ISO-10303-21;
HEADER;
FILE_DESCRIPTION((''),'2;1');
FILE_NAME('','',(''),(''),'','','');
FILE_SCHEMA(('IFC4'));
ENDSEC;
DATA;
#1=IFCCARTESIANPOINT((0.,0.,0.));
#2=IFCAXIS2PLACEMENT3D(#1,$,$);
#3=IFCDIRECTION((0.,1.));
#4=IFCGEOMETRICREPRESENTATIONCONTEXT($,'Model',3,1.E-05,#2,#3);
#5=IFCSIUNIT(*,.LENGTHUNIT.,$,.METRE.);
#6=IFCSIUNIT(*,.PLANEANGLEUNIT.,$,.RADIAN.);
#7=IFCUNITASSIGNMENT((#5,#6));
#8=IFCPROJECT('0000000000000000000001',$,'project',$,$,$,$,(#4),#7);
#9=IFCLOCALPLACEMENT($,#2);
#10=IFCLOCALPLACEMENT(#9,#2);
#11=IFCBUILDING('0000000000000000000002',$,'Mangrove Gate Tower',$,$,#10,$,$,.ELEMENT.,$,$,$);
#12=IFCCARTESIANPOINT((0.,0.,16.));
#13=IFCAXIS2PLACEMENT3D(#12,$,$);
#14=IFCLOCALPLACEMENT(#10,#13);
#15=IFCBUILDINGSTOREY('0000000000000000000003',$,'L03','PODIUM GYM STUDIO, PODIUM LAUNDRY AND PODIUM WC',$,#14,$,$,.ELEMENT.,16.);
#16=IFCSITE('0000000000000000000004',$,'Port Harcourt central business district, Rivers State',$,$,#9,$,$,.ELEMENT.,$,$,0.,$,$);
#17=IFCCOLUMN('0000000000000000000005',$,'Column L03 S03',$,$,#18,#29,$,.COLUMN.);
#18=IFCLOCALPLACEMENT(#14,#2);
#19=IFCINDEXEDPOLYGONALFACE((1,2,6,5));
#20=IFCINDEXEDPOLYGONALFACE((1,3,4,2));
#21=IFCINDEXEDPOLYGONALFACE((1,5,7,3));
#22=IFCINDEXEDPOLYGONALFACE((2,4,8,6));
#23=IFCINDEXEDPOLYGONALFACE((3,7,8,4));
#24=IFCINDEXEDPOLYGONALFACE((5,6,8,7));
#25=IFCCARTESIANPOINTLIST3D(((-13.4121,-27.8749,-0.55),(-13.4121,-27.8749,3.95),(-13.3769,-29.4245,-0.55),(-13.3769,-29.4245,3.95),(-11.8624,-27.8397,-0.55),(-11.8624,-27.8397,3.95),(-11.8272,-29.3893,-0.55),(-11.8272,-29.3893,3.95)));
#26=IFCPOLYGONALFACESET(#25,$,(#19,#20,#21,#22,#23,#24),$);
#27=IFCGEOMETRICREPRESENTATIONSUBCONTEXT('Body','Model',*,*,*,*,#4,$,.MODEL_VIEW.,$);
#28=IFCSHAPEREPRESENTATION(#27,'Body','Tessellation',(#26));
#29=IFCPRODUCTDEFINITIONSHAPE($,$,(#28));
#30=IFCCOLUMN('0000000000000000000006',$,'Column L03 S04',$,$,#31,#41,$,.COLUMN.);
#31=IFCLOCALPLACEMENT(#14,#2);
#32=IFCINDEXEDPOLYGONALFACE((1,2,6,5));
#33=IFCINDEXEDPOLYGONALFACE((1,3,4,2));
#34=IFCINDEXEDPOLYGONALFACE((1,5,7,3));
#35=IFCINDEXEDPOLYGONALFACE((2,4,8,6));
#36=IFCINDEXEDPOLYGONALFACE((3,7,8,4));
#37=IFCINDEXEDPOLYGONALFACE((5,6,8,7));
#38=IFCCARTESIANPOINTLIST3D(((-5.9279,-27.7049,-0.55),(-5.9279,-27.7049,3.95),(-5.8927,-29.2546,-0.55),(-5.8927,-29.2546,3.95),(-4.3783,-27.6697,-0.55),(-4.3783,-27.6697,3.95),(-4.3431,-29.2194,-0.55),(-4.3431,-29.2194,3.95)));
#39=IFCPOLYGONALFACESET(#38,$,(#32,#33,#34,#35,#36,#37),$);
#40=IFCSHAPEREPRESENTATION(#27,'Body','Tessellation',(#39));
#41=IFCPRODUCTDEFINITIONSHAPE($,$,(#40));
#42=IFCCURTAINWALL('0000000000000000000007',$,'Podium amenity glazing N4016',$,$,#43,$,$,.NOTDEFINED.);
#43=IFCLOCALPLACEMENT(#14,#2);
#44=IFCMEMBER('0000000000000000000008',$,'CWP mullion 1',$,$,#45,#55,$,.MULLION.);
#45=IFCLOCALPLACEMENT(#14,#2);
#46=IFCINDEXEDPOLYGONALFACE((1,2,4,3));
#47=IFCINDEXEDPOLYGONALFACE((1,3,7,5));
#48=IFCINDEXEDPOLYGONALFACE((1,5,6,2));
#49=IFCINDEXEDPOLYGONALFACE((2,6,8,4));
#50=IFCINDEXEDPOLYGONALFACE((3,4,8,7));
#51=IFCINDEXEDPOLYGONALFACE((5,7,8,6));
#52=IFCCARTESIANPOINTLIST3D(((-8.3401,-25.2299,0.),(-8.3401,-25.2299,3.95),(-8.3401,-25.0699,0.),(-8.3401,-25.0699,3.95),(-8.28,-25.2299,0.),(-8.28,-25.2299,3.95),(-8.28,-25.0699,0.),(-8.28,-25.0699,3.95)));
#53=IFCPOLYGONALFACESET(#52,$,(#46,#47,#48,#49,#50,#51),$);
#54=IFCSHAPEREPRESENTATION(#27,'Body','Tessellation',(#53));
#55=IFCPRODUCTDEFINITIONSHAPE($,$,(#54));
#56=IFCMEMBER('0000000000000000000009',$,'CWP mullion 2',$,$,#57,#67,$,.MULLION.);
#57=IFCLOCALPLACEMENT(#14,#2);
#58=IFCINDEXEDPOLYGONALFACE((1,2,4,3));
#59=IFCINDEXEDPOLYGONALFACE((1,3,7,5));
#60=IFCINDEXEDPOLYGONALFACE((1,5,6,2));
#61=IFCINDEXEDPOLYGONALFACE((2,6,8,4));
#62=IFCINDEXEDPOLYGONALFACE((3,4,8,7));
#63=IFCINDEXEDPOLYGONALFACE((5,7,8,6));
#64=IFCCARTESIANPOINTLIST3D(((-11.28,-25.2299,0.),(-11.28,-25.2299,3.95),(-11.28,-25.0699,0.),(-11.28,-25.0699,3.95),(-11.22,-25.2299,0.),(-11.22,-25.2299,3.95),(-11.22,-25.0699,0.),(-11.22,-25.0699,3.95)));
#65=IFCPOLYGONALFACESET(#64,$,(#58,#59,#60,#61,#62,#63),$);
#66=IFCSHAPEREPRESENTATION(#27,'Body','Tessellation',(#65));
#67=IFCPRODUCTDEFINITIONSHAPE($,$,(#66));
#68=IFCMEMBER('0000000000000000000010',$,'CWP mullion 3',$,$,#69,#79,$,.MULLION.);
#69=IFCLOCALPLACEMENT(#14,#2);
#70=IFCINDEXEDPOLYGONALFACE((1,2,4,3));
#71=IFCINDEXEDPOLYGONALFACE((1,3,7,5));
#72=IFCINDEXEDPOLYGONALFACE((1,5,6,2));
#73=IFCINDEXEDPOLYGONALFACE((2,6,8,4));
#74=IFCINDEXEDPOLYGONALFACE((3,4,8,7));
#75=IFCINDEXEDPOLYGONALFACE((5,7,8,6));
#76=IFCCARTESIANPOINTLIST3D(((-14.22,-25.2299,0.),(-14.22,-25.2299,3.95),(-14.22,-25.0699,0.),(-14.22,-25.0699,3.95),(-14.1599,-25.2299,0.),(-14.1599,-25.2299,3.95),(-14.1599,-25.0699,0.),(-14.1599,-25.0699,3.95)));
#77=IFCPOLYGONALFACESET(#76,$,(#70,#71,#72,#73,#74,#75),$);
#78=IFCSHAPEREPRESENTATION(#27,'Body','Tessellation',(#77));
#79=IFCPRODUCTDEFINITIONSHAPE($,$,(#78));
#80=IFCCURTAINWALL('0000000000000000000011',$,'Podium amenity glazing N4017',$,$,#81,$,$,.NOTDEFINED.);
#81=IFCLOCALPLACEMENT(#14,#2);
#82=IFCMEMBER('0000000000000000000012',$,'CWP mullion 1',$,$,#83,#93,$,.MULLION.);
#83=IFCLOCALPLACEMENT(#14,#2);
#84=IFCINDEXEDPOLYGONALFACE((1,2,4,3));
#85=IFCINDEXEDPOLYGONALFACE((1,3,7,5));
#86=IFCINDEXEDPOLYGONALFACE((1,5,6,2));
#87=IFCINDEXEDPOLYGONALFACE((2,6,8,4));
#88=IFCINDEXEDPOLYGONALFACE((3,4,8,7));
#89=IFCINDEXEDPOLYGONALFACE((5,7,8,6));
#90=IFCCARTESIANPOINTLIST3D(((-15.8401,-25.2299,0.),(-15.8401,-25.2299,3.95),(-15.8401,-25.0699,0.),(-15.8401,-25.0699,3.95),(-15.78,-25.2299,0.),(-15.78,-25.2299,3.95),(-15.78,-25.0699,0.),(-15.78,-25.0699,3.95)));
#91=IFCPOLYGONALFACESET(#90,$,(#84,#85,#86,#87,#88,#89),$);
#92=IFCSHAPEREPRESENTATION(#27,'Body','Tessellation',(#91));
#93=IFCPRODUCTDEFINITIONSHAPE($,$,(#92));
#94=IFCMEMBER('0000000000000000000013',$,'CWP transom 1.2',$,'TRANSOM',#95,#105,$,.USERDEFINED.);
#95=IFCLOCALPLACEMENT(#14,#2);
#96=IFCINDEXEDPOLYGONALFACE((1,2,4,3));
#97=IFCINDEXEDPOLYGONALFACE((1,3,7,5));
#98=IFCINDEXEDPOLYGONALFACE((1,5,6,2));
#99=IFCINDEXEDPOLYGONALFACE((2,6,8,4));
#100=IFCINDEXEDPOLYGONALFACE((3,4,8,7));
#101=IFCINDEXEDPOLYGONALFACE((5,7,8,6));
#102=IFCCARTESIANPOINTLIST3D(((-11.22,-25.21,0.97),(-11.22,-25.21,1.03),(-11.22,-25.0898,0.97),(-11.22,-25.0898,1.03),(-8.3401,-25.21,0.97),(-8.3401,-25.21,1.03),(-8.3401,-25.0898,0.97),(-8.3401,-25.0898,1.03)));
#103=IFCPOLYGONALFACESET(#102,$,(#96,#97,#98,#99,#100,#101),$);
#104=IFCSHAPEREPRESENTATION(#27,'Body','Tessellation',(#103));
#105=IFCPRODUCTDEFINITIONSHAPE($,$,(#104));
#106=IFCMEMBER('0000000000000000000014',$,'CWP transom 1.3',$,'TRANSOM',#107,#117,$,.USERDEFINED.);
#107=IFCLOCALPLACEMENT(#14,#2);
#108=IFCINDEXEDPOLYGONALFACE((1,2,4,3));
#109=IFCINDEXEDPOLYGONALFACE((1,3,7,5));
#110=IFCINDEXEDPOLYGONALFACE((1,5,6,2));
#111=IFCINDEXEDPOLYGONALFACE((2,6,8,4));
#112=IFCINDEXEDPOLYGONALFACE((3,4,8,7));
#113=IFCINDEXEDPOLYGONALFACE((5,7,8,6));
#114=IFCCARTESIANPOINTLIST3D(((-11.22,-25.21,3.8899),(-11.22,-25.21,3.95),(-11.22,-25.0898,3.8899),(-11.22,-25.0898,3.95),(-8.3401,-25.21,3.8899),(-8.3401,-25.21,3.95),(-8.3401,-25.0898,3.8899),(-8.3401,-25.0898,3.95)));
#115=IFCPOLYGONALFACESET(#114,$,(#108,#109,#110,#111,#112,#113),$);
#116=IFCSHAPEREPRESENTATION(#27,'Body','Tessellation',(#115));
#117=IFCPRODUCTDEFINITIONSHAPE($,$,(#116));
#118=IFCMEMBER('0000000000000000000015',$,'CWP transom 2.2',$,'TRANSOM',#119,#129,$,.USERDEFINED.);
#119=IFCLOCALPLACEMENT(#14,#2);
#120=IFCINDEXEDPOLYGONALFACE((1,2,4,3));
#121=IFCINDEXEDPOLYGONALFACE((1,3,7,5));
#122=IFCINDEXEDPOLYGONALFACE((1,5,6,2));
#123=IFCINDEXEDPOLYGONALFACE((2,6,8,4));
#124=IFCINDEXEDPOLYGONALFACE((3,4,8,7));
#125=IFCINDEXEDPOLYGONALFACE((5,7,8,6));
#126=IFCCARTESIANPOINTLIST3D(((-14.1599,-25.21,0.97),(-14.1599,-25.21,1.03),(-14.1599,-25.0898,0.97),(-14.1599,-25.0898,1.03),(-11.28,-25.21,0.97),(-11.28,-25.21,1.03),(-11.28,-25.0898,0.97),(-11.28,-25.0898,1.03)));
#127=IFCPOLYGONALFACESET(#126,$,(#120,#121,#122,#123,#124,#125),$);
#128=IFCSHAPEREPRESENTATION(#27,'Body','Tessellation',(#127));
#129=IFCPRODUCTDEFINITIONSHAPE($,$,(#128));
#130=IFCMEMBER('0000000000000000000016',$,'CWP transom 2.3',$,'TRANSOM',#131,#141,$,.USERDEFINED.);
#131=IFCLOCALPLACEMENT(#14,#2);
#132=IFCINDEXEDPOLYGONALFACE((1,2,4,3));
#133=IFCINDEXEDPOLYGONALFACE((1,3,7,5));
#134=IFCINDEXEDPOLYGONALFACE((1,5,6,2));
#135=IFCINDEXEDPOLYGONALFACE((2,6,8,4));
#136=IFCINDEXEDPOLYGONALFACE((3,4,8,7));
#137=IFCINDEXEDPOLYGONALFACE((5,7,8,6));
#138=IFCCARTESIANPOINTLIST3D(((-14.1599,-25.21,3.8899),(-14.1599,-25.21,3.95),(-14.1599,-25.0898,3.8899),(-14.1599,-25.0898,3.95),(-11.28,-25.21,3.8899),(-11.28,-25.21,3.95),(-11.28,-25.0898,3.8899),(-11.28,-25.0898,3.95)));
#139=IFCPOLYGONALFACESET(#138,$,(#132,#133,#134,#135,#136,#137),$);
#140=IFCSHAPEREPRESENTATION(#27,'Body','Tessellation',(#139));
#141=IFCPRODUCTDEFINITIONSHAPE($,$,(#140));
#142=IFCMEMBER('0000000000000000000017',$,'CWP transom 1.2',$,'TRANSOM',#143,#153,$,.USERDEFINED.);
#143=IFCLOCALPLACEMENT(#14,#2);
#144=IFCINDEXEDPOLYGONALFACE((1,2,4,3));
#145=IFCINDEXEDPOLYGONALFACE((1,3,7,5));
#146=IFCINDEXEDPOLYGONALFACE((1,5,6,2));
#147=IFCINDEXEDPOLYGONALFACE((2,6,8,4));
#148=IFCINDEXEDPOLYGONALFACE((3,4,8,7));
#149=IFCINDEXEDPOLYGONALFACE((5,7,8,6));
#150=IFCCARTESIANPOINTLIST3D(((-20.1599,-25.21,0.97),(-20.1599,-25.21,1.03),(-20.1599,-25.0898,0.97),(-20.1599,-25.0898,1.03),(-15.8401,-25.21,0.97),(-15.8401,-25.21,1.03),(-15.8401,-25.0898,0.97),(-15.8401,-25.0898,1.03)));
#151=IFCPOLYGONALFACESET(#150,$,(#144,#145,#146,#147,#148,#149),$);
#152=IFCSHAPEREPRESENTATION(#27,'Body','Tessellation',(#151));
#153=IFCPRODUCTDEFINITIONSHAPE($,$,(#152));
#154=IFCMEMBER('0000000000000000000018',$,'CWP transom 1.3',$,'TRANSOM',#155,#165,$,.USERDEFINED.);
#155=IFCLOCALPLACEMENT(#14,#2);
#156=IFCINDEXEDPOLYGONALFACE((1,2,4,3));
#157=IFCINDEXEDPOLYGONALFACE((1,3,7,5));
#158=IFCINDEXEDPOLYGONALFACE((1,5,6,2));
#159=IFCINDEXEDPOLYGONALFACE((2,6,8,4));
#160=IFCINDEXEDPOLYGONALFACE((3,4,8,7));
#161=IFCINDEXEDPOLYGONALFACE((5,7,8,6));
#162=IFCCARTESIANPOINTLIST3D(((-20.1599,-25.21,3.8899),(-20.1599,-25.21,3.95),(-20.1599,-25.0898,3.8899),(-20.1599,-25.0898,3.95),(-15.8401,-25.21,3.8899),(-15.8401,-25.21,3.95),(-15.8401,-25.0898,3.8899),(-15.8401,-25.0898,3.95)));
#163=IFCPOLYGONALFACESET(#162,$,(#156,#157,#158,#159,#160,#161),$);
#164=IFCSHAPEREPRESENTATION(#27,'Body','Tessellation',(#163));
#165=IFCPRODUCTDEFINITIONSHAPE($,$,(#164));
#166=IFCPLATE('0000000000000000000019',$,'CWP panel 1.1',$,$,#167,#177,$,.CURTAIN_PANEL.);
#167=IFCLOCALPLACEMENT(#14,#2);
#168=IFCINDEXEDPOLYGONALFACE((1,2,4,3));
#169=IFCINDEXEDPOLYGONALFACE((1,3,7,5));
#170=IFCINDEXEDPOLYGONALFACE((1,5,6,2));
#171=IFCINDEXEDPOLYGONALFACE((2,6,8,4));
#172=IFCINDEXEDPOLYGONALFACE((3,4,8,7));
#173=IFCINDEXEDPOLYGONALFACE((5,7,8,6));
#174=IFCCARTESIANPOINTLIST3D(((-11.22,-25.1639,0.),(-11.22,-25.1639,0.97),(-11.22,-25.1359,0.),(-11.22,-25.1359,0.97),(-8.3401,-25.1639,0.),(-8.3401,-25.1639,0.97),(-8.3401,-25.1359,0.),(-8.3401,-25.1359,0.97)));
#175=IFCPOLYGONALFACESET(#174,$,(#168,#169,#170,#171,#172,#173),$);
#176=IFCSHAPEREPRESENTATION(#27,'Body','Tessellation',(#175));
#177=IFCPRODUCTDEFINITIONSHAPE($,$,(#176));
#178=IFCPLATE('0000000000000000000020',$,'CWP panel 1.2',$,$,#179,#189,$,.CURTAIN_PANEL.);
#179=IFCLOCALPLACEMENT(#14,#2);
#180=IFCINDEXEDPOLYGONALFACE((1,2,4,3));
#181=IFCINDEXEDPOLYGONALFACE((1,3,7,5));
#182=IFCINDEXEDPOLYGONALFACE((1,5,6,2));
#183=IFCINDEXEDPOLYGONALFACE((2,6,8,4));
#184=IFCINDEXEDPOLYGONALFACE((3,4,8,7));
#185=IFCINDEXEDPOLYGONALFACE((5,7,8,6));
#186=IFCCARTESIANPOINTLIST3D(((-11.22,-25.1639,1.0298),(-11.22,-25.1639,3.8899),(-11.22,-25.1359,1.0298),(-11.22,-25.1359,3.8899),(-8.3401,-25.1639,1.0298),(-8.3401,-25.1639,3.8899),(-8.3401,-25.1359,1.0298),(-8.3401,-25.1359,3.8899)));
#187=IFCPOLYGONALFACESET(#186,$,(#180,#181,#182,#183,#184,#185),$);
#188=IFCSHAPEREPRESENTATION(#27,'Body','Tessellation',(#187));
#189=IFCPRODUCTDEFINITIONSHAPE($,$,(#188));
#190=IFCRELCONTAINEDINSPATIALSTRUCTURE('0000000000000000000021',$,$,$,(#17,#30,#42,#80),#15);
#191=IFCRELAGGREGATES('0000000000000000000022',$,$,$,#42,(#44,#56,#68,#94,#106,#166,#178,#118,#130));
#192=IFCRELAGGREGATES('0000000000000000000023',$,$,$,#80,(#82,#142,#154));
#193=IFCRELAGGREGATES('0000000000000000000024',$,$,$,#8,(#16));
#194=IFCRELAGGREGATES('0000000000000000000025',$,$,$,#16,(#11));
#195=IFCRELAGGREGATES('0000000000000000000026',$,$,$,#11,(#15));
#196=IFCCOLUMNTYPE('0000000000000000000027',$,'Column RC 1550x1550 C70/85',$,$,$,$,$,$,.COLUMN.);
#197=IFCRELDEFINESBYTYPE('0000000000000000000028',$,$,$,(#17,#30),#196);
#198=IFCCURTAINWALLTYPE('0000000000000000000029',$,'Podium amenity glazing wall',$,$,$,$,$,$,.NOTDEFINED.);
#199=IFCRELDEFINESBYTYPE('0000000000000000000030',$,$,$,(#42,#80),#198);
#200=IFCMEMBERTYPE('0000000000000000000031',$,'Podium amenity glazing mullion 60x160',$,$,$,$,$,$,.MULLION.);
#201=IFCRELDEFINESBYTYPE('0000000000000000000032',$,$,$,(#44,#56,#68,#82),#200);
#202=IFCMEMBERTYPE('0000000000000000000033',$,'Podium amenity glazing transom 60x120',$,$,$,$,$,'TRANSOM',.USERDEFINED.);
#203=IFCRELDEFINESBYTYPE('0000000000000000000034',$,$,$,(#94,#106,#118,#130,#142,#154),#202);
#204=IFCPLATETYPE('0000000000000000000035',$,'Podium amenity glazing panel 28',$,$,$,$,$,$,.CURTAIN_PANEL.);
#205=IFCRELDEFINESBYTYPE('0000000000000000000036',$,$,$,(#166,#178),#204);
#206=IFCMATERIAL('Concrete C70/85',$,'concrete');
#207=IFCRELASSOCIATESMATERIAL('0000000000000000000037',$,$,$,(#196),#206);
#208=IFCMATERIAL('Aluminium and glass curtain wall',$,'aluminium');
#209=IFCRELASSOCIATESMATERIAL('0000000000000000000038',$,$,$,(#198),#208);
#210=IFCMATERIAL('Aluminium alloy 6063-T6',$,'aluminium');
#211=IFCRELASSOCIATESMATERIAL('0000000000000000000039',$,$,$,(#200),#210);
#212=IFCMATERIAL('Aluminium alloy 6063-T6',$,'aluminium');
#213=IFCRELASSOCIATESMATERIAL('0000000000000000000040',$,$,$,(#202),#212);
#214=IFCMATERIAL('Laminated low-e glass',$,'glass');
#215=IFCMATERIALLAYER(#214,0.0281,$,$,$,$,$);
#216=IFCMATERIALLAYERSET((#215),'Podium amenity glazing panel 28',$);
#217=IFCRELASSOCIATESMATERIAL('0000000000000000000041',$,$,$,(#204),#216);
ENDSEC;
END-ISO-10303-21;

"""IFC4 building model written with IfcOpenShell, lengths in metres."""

from ifc_helpers import new_model, si_unit, direction, frame, origin, origin_2d, place, context, subcontext, project, spatial, rectangle, extrude, material, layer, layer_set, material_profile, profile_set, type_object, element, aggregate, save


model = new_model("IFC4")

# Units and contexts
model_context = context("Model", 3, precision=1e-05, world=origin(), true_north=direction((0.0, 1.0)))
body_context = subcontext(model_context, "Body", "Model", "MODEL_VIEW")
ifc_project = project(units=[si_unit("LENGTHUNIT", "METRE"), si_unit("PLANEANGLEUNIT", "RADIAN")], contexts=[model_context])

# Site, building, storey
site_placement = place(None, origin())
site = spatial("IfcSite", under=ifc_project, at=site_placement, Name="Port Harcourt central business district, Rivers State", CompositionType="ELEMENT", RefElevation=0.0)
building_placement = place(site_placement, origin())
building = spatial("IfcBuilding", under=site, at=building_placement, Name="Mangrove Gate Tower", CompositionType="ELEMENT")
storey_placement = place(building_placement, frame((0.0, 0.0, 16.0)))
storey = spatial("IfcBuildingStorey", under=building, at=storey_placement, Name="L03", Description="PODIUM GYM STUDIO, PODIUM LAUNDRY AND PODIUM WC", CompositionType="ELEMENT", Elevation=16.0)

# Columns
ifc_material_1 = material(Name="Concrete C70/85", Category="concrete")
ifc_material_profile_1 = material_profile(ifc_material_1, rectangle(XDim=1.55, YDim=1.55, at=origin_2d()))
ifc_profile_set_1 = profile_set([ifc_material_profile_1], Name="Concrete C70/85")
column_type = type_object("IfcColumnType", Name="Column RC 1550x1550 C70/85", PredefinedType="COLUMN", material=ifc_profile_set_1)
for number, where, z_axis, x_axis, name in (
    (1, (-12.6196, -28.6321, -0.55), (0.0, 0.0, 1.0), (0.999742, 0.022711, 0.0), "Column L03 S03"),
    (2, (-5.1355, -28.4622, -0.55), (0.0, 0.0, 1.0), (0.999742, 0.022709, 0.0), "Column L03 S04"),
):
    element("IfcColumn", number, at=place(storey_placement, frame(where, z_axis=z_axis, x_axis=x_axis)), inside=storey, type_object=column_type, Name=name, PredefinedType="COLUMN", context=body_context, shape_type="SweptSolid", body=[
        extrude(rectangle(XDim=1.55, YDim=1.55, at=origin_2d()), origin(), (0.0, 0.0, 1.0), 4.5),
    ])

# Curtain wall, members
ifc_material_2 = material(Name="Aluminium and glass curtain wall", Category="aluminium")
curtain_wall_type = type_object("IfcCurtainWallType", Name="Podium amenity glazing wall", PredefinedType="NOTDEFINED", material=ifc_material_2)
curtain_wall_1_placement = place(storey_placement, origin())
curtain_wall_1 = element("IfcCurtainWall", 3, at=curtain_wall_1_placement, inside=storey, type_object=curtain_wall_type, Name="Podium amenity glazing N4016", PredefinedType="NOTDEFINED")
ifc_material_3 = material(Name="Aluminium alloy 6063-T6", Category="aluminium")
ifc_material_profile_2 = material_profile(ifc_material_3, rectangle(XDim=0.0601, YDim=0.1599, at=origin_2d()))
ifc_profile_set_2 = profile_set([ifc_material_profile_2], Name="Aluminium alloy 6063-T6")
member_type_1 = type_object("IfcMemberType", Name="Podium amenity glazing mullion 60x160", PredefinedType="MULLION", material=ifc_profile_set_2)
member_1_placement = place(storey_placement, frame((-8.3101, -25.1499, 0.0), z_axis=(0.0, 0.0, 1.0), x_axis=(-1.0, 0.0, 0.0)))
member_1 = element("IfcMember", 4, at=member_1_placement, type_object=member_type_1, Name="CWP mullion 1", PredefinedType="MULLION", context=body_context, shape_type="SweptSolid", body=[
    extrude(rectangle(XDim=0.0601, YDim=0.1599, at=origin_2d()), origin(), (0.0, 0.0, 1.0), 3.95),
])
member_2_placement = place(storey_placement, frame((-11.25, -25.1499, 0.0), z_axis=(0.0, 0.0, 1.0), x_axis=(-1.0, 0.0, 0.0)))
member_2 = element("IfcMember", 5, at=member_2_placement, type_object=member_type_1, Name="CWP mullion 2", PredefinedType="MULLION", context=body_context, shape_type="SweptSolid", body=[
    extrude(rectangle(XDim=0.0601, YDim=0.1599, at=origin_2d()), origin(), (0.0, 0.0, 1.0), 3.95),
])
member_3_placement = place(storey_placement, frame((-14.1899, -25.1499, 0.0), z_axis=(0.0, 0.0, 1.0), x_axis=(-1.0, 0.0, 0.0)))
member_3 = element("IfcMember", 6, at=member_3_placement, type_object=member_type_1, Name="CWP mullion 3", PredefinedType="MULLION", context=body_context, shape_type="SweptSolid", body=[
    extrude(rectangle(XDim=0.0601, YDim=0.1599, at=origin_2d()), origin(), (0.0, 0.0, 1.0), 3.95),
])

# Curtain wall, member
curtain_wall_2_placement = place(storey_placement, origin())
curtain_wall_2 = element("IfcCurtainWall", 7, at=curtain_wall_2_placement, inside=storey, type_object=curtain_wall_type, Name="Podium amenity glazing N4017", PredefinedType="NOTDEFINED")
member_4_placement = place(storey_placement, frame((-15.8101, -25.1499, 0.0), z_axis=(0.0, 0.0, 1.0), x_axis=(-1.0, 0.0, 0.0)))
member_4 = element("IfcMember", 8, at=member_4_placement, type_object=member_type_1, Name="CWP mullion 1", PredefinedType="MULLION", context=body_context, shape_type="SweptSolid", body=[
    extrude(rectangle(XDim=0.0601, YDim=0.1599, at=origin_2d()), origin(), (0.0, 0.0, 1.0), 3.95),
])

# Members
ifc_material_4 = material(Name="Aluminium alloy 6063-T6", Category="aluminium")
ifc_material_profile_3 = material_profile(ifc_material_4, rectangle(XDim=0.0601, YDim=0.1201, at=origin_2d()))
ifc_profile_set_3 = profile_set([ifc_material_profile_3], Name="Aluminium alloy 6063-T6")
member_type_2 = type_object("IfcMemberType", Name="Podium amenity glazing transom 60x120", ElementType="TRANSOM", PredefinedType="USERDEFINED", material=ifc_profile_set_3)
member_5_placement = place(storey_placement, frame((-8.3401, -25.1499, 1.0), z_axis=(-1.0, 0.0, 0.0), x_axis=(0.0, 0.0, 1.0)))
member_5 = element("IfcMember", 9, at=member_5_placement, type_object=member_type_2, Name="CWP transom 1.2", ObjectType="TRANSOM", PredefinedType="USERDEFINED", context=body_context, shape_type="SweptSolid", body=[
    extrude(rectangle(XDim=0.0601, YDim=0.1201, at=origin_2d()), origin(), (0.0, 0.0, 1.0), 2.8799),
])
member_6_placement = place(storey_placement, frame((-8.3401, -25.1499, 3.9199), z_axis=(-1.0, 0.0, 0.0), x_axis=(0.0, 0.0, 1.0)))
member_6 = element("IfcMember", 10, at=member_6_placement, type_object=member_type_2, Name="CWP transom 1.3", ObjectType="TRANSOM", PredefinedType="USERDEFINED", context=body_context, shape_type="SweptSolid", body=[
    extrude(rectangle(XDim=0.0601, YDim=0.1201, at=origin_2d()), origin(), (0.0, 0.0, 1.0), 2.8799),
])
member_7_placement = place(storey_placement, frame((-11.28, -25.1499, 1.0), z_axis=(-1.0, 0.0, 0.0), x_axis=(0.0, 0.0, 1.0)))
member_7 = element("IfcMember", 11, at=member_7_placement, type_object=member_type_2, Name="CWP transom 2.2", ObjectType="TRANSOM", PredefinedType="USERDEFINED", context=body_context, shape_type="SweptSolid", body=[
    extrude(rectangle(XDim=0.0601, YDim=0.1201, at=origin_2d()), origin(), (0.0, 0.0, 1.0), 2.8799),
])
member_8_placement = place(storey_placement, frame((-11.28, -25.1499, 3.9199), z_axis=(-1.0, 0.0, 0.0), x_axis=(0.0, 0.0, 1.0)))
member_8 = element("IfcMember", 12, at=member_8_placement, type_object=member_type_2, Name="CWP transom 2.3", ObjectType="TRANSOM", PredefinedType="USERDEFINED", context=body_context, shape_type="SweptSolid", body=[
    extrude(rectangle(XDim=0.0601, YDim=0.1201, at=origin_2d()), origin(), (0.0, 0.0, 1.0), 2.8799),
])
member_9_placement = place(storey_placement, frame((-15.8401, -25.1499, 1.0), z_axis=(-1.0, 0.0, 0.0), x_axis=(0.0, 0.0, 1.0)))
member_9 = element("IfcMember", 13, at=member_9_placement, type_object=member_type_2, Name="CWP transom 1.2", ObjectType="TRANSOM", PredefinedType="USERDEFINED", context=body_context, shape_type="SweptSolid", body=[
    extrude(rectangle(XDim=0.0601, YDim=0.1201, at=origin_2d()), origin(), (0.0, 0.0, 1.0), 4.3198),
])
member_10_placement = place(storey_placement, frame((-15.8401, -25.1499, 3.9199), z_axis=(-1.0, 0.0, 0.0), x_axis=(0.0, 0.0, 1.0)))
member_10 = element("IfcMember", 14, at=member_10_placement, type_object=member_type_2, Name="CWP transom 1.3", ObjectType="TRANSOM", PredefinedType="USERDEFINED", context=body_context, shape_type="SweptSolid", body=[
    extrude(rectangle(XDim=0.0601, YDim=0.1201, at=origin_2d()), origin(), (0.0, 0.0, 1.0), 4.3198),
])

# Plates
ifc_material_5 = material(Name="Laminated low-e glass", Category="glass")
ifc_layer = layer(ifc_material_5, 0.0281)
ifc_layer_set = layer_set([ifc_layer], Name="Podium amenity glazing panel 28")
plate_type = type_object("IfcPlateType", Name="Podium amenity glazing panel 28", PredefinedType="CURTAIN_PANEL", material=ifc_layer_set)
plate_1_placement = place(storey_placement, frame((-9.78, -25.1499, 0.0), z_axis=(0.0, 0.0, 1.0), x_axis=(-1.0, 0.0, 0.0)))
plate_1 = element("IfcPlate", 15, at=plate_1_placement, type_object=plate_type, Name="CWP panel 1.1", PredefinedType="CURTAIN_PANEL", context=body_context, shape_type="SweptSolid", body=[
    extrude(rectangle(XDim=2.8799, YDim=0.0281, at=origin_2d()), origin(), (0.0, 0.0, 1.0), 0.97),
])
plate_2_placement = place(storey_placement, frame((-9.78, -25.1499, 1.0298), z_axis=(0.0, 0.0, 1.0), x_axis=(-1.0, 0.0, 0.0)))
plate_2 = element("IfcPlate", 16, at=plate_2_placement, type_object=plate_type, Name="CWP panel 1.2", PredefinedType="CURTAIN_PANEL", context=body_context, shape_type="SweptSolid", body=[
    extrude(rectangle(XDim=2.8799, YDim=0.0281, at=origin_2d()), origin(), (0.0, 0.0, 1.0), 2.8601),
])
aggregate(curtain_wall_1, [member_1, member_2, member_3, member_5, member_6, plate_1, plate_2, member_7, member_8])
aggregate(curtain_wall_2, [member_4, member_9, member_10])

save(model, "model.ifc")
